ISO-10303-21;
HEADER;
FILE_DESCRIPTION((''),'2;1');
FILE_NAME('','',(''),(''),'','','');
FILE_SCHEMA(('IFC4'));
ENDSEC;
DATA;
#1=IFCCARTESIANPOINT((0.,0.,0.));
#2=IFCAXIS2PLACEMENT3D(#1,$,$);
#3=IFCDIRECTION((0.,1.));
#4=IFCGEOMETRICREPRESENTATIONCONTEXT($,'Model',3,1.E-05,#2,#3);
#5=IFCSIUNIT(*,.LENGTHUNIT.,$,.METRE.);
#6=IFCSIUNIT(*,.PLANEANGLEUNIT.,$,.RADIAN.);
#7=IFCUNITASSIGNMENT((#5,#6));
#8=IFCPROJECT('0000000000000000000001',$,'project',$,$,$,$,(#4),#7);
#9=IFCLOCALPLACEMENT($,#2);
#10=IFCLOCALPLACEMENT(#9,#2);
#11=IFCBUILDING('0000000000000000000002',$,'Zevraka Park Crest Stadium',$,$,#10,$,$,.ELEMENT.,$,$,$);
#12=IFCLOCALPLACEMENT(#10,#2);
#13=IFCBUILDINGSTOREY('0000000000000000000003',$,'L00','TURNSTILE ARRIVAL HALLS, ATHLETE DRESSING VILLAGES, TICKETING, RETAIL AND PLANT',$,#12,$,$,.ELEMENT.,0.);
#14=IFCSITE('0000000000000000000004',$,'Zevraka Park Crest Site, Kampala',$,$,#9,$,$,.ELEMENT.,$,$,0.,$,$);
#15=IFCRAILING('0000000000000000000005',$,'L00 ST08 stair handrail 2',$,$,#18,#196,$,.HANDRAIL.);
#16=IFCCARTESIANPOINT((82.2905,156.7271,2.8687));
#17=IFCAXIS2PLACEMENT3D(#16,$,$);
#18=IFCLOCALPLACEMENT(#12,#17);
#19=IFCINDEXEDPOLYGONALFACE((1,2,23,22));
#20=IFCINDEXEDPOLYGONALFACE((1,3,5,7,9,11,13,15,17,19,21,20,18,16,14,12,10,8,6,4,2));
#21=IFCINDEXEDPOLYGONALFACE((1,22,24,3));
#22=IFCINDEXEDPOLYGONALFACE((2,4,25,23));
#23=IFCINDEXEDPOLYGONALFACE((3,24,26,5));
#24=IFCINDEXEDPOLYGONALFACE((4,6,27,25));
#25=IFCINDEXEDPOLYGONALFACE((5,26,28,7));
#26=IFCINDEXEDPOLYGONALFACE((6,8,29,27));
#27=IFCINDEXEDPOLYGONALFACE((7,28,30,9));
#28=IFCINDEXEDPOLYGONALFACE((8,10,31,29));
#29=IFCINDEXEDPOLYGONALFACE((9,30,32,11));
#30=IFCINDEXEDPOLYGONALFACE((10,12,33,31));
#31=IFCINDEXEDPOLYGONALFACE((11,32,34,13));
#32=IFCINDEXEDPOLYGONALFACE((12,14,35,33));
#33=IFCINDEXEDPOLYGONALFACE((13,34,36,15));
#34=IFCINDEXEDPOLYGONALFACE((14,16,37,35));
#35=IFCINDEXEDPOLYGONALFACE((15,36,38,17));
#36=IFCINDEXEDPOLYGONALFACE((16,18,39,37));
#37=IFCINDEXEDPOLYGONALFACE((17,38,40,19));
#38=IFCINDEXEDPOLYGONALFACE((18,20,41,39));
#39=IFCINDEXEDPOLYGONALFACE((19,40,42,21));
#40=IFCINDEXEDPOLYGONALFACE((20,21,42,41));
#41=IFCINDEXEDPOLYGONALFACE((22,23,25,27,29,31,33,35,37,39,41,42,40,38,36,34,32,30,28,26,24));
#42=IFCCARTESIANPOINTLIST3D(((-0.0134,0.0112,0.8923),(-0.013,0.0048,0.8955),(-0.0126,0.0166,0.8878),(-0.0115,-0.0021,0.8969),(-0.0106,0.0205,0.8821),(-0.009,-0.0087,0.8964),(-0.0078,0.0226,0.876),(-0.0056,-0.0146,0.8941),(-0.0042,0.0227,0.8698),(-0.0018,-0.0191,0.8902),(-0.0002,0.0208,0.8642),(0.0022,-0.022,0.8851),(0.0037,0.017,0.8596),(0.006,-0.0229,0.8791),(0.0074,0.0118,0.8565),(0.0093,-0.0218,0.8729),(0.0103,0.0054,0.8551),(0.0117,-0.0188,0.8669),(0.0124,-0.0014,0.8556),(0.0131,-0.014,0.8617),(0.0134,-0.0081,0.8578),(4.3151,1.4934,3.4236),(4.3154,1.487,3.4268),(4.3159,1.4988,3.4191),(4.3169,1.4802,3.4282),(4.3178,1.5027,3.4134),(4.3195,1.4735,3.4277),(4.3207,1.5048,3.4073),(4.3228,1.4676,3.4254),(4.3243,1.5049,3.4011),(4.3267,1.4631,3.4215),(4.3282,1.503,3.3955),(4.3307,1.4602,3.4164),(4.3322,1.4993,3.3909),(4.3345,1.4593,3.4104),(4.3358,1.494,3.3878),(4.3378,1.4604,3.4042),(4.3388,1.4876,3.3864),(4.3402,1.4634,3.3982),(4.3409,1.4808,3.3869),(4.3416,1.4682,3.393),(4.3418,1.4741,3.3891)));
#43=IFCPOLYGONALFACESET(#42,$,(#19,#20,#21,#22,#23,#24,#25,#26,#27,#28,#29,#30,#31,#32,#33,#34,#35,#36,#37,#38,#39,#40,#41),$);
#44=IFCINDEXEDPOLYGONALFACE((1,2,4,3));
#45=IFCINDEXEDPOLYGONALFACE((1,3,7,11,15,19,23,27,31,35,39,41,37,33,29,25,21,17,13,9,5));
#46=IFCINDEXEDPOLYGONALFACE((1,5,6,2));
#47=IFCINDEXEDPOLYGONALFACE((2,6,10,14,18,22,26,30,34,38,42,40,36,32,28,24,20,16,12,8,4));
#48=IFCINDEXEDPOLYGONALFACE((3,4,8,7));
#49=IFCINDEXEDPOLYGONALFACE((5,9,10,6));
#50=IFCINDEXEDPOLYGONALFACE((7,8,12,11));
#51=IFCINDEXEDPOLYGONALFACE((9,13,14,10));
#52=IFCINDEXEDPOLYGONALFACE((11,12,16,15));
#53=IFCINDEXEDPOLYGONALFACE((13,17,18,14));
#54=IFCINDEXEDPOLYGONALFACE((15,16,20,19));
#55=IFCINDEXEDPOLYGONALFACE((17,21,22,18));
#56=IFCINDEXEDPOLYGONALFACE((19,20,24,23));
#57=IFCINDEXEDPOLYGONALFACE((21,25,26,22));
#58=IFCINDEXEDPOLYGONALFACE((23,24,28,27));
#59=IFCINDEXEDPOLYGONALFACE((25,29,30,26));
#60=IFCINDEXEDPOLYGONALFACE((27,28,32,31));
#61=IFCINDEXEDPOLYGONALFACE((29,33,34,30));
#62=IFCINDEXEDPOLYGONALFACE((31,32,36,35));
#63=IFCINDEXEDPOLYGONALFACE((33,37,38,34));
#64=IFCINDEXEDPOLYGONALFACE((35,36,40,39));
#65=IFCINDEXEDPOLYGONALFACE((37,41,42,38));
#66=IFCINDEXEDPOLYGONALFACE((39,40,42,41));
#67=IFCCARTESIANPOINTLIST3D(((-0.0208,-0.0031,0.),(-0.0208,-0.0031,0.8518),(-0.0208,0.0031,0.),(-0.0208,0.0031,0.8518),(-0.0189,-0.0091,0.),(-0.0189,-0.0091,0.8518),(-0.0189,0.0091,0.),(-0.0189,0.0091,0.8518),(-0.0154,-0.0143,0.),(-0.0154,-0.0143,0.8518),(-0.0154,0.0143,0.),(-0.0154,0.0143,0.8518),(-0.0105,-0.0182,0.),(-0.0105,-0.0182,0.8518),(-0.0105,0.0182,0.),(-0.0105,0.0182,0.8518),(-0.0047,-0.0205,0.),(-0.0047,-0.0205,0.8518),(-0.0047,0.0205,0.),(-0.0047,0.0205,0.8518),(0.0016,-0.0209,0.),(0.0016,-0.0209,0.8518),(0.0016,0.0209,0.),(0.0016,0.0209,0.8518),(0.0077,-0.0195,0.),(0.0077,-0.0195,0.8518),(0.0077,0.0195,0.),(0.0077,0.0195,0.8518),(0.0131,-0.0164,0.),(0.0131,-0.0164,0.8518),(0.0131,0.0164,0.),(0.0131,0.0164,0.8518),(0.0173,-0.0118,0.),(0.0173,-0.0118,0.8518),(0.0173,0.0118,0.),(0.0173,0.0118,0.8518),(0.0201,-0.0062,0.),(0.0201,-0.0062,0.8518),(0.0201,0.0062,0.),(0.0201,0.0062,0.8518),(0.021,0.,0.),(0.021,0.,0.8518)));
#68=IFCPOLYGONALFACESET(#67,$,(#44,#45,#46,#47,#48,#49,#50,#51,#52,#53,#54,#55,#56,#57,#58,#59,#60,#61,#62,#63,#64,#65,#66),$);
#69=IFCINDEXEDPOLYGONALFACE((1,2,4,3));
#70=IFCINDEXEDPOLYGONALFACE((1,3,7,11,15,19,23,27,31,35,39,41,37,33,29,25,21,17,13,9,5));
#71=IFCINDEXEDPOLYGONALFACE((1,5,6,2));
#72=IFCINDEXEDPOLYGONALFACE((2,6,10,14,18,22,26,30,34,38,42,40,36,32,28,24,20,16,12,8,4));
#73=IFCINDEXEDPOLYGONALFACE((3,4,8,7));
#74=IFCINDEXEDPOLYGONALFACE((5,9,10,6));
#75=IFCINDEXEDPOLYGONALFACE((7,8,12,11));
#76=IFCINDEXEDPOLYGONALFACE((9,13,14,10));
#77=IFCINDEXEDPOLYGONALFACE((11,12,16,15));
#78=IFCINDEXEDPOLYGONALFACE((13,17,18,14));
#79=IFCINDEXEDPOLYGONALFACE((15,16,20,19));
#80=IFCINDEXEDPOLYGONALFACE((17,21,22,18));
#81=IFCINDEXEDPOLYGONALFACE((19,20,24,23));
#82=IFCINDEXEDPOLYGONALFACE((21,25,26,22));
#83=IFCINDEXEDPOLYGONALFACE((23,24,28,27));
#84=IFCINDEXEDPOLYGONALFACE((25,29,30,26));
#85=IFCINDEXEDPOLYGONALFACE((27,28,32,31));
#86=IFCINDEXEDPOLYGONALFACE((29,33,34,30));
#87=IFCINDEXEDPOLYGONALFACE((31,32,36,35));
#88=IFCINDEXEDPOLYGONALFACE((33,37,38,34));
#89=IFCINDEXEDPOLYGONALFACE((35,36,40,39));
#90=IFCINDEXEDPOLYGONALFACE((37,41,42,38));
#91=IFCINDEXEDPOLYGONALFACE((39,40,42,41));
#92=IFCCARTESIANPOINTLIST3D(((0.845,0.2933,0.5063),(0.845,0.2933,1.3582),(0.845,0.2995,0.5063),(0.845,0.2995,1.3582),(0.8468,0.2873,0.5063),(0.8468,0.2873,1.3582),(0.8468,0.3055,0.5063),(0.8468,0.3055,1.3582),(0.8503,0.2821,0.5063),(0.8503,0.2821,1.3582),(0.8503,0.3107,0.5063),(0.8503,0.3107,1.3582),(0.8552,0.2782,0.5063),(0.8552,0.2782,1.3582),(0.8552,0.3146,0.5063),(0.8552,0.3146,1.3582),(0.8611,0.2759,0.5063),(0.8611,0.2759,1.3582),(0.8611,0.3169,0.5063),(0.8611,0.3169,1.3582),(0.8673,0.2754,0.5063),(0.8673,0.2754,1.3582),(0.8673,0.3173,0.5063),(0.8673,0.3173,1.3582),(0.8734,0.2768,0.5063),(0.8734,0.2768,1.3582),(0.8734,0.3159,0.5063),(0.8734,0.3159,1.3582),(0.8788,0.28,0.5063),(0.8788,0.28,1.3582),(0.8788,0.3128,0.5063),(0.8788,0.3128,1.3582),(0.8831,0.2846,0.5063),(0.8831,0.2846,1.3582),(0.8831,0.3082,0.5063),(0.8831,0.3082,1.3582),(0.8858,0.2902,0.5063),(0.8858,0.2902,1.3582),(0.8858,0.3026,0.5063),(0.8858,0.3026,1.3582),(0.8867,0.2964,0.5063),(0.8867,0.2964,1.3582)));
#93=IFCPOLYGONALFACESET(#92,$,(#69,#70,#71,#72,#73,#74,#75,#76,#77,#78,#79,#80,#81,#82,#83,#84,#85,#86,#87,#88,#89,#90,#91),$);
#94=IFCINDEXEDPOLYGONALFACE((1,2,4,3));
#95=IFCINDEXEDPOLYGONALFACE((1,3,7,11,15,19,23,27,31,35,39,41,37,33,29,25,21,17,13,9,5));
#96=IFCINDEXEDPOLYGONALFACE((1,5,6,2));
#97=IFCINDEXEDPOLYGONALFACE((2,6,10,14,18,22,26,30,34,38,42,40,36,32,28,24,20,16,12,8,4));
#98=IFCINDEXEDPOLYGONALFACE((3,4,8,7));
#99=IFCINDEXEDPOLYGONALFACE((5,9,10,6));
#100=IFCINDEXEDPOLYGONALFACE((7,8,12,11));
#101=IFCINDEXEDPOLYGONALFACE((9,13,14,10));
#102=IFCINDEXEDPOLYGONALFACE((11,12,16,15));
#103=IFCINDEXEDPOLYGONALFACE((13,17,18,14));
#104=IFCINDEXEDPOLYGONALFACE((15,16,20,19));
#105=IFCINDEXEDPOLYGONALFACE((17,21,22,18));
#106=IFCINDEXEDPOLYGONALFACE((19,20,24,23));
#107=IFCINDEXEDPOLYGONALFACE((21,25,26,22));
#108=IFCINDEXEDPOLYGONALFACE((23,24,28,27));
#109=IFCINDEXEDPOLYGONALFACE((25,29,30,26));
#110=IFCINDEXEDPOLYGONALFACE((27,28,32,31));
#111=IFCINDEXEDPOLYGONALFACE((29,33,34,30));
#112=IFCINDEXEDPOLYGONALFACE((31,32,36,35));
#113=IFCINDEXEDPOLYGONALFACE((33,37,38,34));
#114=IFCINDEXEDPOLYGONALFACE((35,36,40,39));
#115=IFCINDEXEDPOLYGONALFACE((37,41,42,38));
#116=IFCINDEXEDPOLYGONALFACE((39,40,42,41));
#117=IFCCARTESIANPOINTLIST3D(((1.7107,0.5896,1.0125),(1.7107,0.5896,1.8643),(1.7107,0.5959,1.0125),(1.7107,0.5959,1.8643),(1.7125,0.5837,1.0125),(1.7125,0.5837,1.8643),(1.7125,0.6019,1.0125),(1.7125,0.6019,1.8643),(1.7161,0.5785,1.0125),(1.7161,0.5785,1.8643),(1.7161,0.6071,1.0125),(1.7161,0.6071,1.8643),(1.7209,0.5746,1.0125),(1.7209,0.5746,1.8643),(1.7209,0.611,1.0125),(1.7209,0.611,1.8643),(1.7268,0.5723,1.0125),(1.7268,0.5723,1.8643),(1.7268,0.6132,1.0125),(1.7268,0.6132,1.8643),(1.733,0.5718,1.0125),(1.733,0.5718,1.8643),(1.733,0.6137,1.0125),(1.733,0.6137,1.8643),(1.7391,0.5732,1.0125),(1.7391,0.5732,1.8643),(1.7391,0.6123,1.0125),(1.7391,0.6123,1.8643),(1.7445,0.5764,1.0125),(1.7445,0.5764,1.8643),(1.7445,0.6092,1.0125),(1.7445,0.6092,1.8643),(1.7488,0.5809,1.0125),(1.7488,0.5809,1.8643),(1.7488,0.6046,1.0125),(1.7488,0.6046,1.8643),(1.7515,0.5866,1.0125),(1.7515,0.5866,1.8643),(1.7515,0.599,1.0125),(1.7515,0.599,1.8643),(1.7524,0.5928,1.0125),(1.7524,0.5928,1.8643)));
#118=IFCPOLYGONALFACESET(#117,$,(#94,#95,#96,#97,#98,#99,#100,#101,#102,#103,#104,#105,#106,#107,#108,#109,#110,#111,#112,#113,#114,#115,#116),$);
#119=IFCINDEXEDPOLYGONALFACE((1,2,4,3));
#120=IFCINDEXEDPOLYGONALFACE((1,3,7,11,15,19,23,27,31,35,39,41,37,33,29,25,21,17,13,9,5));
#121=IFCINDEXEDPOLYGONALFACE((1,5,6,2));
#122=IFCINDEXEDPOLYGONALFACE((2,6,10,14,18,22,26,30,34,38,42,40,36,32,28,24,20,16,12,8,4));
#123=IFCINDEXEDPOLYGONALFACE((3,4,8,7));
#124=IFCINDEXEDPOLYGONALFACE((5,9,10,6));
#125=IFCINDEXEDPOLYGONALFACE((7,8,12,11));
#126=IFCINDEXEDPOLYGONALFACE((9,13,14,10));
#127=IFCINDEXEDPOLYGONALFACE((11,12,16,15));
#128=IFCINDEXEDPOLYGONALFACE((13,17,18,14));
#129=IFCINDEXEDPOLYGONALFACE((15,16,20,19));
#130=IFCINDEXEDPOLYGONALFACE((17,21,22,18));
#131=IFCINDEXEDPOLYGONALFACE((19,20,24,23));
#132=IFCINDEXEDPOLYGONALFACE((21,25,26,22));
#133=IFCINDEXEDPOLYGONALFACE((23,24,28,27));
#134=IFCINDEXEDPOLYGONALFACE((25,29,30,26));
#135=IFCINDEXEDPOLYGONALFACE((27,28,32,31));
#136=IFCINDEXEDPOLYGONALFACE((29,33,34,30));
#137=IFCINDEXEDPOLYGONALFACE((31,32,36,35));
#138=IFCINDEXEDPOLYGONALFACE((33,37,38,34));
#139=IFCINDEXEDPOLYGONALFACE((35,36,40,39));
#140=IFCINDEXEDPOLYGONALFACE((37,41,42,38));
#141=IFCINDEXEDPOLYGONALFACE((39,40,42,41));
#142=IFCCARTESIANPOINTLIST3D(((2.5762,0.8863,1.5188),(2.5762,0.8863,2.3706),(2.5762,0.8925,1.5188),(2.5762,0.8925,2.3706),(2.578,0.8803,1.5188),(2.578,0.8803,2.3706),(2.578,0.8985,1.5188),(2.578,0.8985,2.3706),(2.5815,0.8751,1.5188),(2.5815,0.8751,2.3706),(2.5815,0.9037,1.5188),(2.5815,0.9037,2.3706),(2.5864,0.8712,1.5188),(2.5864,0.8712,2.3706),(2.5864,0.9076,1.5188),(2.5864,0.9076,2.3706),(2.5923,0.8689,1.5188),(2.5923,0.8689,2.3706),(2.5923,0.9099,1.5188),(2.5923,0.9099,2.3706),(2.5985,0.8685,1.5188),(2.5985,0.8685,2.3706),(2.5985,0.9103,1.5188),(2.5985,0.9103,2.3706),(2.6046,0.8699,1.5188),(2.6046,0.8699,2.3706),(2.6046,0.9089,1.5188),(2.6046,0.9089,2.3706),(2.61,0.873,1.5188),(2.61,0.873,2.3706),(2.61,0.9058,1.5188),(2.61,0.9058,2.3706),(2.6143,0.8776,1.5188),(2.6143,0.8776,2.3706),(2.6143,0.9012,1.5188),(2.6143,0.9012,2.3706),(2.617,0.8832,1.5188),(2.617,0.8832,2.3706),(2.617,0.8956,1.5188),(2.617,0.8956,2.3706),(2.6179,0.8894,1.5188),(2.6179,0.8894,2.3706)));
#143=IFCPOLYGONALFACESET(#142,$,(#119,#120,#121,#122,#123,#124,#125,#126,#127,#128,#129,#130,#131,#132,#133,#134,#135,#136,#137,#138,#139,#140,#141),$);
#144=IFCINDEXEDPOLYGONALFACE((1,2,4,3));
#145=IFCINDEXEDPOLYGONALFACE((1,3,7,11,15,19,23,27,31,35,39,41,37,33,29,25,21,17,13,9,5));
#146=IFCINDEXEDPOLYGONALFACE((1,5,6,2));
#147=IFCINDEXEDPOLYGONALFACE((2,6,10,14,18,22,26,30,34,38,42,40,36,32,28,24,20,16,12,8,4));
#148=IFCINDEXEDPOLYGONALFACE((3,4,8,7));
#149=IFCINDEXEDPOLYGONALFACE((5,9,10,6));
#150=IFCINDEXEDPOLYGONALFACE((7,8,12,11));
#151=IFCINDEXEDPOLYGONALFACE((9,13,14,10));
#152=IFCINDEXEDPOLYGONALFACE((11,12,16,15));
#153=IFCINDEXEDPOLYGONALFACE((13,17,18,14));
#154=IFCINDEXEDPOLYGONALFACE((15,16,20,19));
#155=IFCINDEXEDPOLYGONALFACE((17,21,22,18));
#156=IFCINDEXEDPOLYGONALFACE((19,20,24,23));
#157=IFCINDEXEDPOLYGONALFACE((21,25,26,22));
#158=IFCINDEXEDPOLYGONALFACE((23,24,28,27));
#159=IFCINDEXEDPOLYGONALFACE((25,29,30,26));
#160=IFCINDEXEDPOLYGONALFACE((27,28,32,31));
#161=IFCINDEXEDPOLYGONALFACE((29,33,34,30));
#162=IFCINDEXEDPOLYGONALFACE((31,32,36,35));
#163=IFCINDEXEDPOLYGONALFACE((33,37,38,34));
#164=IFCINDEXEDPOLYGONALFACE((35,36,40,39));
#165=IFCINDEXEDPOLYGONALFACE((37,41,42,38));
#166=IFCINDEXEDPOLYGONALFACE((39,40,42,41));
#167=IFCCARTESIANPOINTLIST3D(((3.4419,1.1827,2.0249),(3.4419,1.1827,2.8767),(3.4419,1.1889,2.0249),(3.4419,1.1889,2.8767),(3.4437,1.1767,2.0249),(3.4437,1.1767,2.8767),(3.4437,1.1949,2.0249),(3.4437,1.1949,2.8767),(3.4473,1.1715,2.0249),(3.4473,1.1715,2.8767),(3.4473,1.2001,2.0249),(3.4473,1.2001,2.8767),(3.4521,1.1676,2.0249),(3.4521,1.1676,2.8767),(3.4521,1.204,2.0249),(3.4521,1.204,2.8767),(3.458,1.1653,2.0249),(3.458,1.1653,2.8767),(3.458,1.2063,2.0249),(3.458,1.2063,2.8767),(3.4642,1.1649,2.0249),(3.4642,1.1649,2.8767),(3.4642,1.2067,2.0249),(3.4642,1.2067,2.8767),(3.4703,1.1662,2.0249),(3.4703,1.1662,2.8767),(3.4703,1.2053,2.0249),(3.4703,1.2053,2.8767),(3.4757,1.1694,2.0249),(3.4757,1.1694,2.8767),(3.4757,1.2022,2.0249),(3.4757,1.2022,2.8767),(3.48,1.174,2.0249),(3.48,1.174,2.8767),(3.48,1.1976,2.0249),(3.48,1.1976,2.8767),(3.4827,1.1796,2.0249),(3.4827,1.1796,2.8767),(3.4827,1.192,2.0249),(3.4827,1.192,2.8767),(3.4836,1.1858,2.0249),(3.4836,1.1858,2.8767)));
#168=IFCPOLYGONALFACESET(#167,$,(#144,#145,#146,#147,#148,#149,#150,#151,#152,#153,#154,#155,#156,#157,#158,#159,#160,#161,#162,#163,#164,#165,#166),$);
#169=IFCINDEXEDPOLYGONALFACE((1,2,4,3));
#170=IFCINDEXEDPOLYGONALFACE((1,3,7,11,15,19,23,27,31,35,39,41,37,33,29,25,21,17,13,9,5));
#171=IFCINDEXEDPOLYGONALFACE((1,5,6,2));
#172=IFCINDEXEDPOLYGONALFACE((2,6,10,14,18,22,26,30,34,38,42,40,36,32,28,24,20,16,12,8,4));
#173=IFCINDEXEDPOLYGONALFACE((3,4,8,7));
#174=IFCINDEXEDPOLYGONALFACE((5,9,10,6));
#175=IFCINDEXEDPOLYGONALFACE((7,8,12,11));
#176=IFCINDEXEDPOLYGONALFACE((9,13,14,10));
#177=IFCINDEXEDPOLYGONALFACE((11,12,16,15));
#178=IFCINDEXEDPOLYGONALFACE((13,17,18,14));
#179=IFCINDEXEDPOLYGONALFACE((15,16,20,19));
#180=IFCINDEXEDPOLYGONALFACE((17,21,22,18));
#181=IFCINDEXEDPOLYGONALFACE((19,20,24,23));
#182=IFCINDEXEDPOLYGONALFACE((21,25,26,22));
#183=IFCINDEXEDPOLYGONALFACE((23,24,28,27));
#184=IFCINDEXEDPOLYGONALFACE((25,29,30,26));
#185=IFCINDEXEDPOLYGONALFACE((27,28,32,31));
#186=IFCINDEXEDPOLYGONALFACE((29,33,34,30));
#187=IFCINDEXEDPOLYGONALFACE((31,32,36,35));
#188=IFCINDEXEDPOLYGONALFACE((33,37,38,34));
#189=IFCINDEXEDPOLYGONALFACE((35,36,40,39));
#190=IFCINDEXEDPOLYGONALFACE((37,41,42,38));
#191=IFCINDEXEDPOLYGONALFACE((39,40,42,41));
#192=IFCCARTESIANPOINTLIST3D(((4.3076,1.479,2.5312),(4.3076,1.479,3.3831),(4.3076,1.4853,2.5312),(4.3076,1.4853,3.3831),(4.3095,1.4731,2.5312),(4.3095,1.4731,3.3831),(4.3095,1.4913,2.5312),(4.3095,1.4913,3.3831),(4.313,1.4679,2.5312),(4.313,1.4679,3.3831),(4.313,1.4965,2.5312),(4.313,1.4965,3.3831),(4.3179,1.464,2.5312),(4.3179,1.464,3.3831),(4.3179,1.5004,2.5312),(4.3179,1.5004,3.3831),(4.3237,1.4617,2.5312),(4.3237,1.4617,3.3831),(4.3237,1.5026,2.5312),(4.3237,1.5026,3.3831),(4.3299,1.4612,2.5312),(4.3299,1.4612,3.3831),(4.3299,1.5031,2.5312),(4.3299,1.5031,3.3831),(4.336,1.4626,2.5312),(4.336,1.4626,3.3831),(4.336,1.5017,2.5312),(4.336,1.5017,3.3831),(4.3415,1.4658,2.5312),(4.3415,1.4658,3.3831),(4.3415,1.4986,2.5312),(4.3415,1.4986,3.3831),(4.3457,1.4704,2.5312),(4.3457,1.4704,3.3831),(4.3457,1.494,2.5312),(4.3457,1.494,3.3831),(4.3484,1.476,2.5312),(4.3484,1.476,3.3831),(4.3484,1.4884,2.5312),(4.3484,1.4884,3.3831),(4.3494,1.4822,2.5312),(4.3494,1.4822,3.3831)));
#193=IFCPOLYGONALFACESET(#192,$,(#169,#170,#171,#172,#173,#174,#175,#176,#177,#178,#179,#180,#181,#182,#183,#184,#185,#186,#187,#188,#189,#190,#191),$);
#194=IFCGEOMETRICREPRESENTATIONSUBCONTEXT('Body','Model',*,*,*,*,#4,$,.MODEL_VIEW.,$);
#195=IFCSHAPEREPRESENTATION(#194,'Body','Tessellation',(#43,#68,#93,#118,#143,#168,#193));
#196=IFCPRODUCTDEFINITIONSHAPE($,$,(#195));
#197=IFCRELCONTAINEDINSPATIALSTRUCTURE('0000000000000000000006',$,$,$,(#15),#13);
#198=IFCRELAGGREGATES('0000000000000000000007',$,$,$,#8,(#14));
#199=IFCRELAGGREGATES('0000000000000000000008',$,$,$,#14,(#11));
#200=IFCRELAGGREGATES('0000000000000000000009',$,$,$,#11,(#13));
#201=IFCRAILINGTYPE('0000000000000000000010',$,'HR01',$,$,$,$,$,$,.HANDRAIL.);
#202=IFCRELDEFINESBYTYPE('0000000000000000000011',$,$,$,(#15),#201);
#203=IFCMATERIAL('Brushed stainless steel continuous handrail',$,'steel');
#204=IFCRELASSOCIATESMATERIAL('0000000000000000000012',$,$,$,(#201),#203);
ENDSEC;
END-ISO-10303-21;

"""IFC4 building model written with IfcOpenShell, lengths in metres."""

from ifc_helpers import new_model, si_unit, direction, frame, origin, origin_2d, place, context, subcontext, project, spatial, circle, extrude, material, type_object, element, save


model = new_model("IFC4")

# Units and contexts
model_context = context("Model", 3, precision=1e-05, world=origin(), true_north=direction((0.0, 1.0)))
body_context = subcontext(model_context, "Body", "Model", "MODEL_VIEW")
ifc_project = project(units=[si_unit("LENGTHUNIT", "METRE"), si_unit("PLANEANGLEUNIT", "RADIAN")], contexts=[model_context])

# Site, building, storey
site_placement = place(None, origin())
site = spatial("IfcSite", under=ifc_project, at=site_placement, Name="Zevraka Park Crest Site, Kampala", CompositionType="ELEMENT", RefElevation=0.0)
building_placement = place(site_placement, origin())
building = spatial("IfcBuilding", under=site, at=building_placement, Name="Zevraka Park Crest Stadium", CompositionType="ELEMENT")
storey_placement = place(building_placement, origin())
storey = spatial("IfcBuildingStorey", under=building, at=storey_placement, Name="L00", Description="TURNSTILE ARRIVAL HALLS, ATHLETE DRESSING VILLAGES, TICKETING, RETAIL AND PLANT", CompositionType="ELEMENT", Elevation=0.0)

# Railing
ifc_material_1 = material(Name="Brushed stainless steel continuous handrail", Category="steel")
railing_type_1 = type_object("IfcRailingType", Name="HR01", PredefinedType="HANDRAIL", material=ifc_material_1)
railing_1_placement = place(storey_placement, frame((82.2905, 156.7271, 2.8687)))
element("IfcRailing", 1, at=railing_1_placement, inside=storey, type_object=railing_type_1, Name="L00 ST08 stair handrail 2", PredefinedType="HANDRAIL", context=body_context, shape_type="SweptSolid", body=[
    extrude(circle(Radius=0.0239, at=origin_2d()), frame((0.0, 0.0, 0.876), z_axis=(0.827817, 0.283472, 0.484111), x_axis=(-0.323965, 0.946069, 0.0)), (0.0, 0.0, 1.0), 5.2288),
    extrude(circle(Radius=0.021, at=origin_2d()), origin(), (0.0, 0.0, 1.0), 0.8518),
    extrude(circle(Radius=0.021, at=origin_2d()), frame((0.8657, 0.2964, 0.5063)), (0.0, 0.0, 1.0), 0.8518),
    extrude(circle(Radius=0.021, at=origin_2d()), frame((1.7314, 0.5928, 1.0125)), (0.0, 0.0, 1.0), 0.8518),
    extrude(circle(Radius=0.021, at=origin_2d()), frame((2.5969, 0.8894, 1.5188)), (0.0, 0.0, 1.0), 0.8518),
    extrude(circle(Radius=0.021, at=origin_2d()), frame((3.4626, 1.1858, 2.0249)), (0.0, 0.0, 1.0), 0.8518),
    extrude(circle(Radius=0.021, at=origin_2d()), frame((4.3284, 1.4822, 2.5312)), (0.0, 0.0, 1.0), 0.8518),
])

save(model, "model.ifc")
